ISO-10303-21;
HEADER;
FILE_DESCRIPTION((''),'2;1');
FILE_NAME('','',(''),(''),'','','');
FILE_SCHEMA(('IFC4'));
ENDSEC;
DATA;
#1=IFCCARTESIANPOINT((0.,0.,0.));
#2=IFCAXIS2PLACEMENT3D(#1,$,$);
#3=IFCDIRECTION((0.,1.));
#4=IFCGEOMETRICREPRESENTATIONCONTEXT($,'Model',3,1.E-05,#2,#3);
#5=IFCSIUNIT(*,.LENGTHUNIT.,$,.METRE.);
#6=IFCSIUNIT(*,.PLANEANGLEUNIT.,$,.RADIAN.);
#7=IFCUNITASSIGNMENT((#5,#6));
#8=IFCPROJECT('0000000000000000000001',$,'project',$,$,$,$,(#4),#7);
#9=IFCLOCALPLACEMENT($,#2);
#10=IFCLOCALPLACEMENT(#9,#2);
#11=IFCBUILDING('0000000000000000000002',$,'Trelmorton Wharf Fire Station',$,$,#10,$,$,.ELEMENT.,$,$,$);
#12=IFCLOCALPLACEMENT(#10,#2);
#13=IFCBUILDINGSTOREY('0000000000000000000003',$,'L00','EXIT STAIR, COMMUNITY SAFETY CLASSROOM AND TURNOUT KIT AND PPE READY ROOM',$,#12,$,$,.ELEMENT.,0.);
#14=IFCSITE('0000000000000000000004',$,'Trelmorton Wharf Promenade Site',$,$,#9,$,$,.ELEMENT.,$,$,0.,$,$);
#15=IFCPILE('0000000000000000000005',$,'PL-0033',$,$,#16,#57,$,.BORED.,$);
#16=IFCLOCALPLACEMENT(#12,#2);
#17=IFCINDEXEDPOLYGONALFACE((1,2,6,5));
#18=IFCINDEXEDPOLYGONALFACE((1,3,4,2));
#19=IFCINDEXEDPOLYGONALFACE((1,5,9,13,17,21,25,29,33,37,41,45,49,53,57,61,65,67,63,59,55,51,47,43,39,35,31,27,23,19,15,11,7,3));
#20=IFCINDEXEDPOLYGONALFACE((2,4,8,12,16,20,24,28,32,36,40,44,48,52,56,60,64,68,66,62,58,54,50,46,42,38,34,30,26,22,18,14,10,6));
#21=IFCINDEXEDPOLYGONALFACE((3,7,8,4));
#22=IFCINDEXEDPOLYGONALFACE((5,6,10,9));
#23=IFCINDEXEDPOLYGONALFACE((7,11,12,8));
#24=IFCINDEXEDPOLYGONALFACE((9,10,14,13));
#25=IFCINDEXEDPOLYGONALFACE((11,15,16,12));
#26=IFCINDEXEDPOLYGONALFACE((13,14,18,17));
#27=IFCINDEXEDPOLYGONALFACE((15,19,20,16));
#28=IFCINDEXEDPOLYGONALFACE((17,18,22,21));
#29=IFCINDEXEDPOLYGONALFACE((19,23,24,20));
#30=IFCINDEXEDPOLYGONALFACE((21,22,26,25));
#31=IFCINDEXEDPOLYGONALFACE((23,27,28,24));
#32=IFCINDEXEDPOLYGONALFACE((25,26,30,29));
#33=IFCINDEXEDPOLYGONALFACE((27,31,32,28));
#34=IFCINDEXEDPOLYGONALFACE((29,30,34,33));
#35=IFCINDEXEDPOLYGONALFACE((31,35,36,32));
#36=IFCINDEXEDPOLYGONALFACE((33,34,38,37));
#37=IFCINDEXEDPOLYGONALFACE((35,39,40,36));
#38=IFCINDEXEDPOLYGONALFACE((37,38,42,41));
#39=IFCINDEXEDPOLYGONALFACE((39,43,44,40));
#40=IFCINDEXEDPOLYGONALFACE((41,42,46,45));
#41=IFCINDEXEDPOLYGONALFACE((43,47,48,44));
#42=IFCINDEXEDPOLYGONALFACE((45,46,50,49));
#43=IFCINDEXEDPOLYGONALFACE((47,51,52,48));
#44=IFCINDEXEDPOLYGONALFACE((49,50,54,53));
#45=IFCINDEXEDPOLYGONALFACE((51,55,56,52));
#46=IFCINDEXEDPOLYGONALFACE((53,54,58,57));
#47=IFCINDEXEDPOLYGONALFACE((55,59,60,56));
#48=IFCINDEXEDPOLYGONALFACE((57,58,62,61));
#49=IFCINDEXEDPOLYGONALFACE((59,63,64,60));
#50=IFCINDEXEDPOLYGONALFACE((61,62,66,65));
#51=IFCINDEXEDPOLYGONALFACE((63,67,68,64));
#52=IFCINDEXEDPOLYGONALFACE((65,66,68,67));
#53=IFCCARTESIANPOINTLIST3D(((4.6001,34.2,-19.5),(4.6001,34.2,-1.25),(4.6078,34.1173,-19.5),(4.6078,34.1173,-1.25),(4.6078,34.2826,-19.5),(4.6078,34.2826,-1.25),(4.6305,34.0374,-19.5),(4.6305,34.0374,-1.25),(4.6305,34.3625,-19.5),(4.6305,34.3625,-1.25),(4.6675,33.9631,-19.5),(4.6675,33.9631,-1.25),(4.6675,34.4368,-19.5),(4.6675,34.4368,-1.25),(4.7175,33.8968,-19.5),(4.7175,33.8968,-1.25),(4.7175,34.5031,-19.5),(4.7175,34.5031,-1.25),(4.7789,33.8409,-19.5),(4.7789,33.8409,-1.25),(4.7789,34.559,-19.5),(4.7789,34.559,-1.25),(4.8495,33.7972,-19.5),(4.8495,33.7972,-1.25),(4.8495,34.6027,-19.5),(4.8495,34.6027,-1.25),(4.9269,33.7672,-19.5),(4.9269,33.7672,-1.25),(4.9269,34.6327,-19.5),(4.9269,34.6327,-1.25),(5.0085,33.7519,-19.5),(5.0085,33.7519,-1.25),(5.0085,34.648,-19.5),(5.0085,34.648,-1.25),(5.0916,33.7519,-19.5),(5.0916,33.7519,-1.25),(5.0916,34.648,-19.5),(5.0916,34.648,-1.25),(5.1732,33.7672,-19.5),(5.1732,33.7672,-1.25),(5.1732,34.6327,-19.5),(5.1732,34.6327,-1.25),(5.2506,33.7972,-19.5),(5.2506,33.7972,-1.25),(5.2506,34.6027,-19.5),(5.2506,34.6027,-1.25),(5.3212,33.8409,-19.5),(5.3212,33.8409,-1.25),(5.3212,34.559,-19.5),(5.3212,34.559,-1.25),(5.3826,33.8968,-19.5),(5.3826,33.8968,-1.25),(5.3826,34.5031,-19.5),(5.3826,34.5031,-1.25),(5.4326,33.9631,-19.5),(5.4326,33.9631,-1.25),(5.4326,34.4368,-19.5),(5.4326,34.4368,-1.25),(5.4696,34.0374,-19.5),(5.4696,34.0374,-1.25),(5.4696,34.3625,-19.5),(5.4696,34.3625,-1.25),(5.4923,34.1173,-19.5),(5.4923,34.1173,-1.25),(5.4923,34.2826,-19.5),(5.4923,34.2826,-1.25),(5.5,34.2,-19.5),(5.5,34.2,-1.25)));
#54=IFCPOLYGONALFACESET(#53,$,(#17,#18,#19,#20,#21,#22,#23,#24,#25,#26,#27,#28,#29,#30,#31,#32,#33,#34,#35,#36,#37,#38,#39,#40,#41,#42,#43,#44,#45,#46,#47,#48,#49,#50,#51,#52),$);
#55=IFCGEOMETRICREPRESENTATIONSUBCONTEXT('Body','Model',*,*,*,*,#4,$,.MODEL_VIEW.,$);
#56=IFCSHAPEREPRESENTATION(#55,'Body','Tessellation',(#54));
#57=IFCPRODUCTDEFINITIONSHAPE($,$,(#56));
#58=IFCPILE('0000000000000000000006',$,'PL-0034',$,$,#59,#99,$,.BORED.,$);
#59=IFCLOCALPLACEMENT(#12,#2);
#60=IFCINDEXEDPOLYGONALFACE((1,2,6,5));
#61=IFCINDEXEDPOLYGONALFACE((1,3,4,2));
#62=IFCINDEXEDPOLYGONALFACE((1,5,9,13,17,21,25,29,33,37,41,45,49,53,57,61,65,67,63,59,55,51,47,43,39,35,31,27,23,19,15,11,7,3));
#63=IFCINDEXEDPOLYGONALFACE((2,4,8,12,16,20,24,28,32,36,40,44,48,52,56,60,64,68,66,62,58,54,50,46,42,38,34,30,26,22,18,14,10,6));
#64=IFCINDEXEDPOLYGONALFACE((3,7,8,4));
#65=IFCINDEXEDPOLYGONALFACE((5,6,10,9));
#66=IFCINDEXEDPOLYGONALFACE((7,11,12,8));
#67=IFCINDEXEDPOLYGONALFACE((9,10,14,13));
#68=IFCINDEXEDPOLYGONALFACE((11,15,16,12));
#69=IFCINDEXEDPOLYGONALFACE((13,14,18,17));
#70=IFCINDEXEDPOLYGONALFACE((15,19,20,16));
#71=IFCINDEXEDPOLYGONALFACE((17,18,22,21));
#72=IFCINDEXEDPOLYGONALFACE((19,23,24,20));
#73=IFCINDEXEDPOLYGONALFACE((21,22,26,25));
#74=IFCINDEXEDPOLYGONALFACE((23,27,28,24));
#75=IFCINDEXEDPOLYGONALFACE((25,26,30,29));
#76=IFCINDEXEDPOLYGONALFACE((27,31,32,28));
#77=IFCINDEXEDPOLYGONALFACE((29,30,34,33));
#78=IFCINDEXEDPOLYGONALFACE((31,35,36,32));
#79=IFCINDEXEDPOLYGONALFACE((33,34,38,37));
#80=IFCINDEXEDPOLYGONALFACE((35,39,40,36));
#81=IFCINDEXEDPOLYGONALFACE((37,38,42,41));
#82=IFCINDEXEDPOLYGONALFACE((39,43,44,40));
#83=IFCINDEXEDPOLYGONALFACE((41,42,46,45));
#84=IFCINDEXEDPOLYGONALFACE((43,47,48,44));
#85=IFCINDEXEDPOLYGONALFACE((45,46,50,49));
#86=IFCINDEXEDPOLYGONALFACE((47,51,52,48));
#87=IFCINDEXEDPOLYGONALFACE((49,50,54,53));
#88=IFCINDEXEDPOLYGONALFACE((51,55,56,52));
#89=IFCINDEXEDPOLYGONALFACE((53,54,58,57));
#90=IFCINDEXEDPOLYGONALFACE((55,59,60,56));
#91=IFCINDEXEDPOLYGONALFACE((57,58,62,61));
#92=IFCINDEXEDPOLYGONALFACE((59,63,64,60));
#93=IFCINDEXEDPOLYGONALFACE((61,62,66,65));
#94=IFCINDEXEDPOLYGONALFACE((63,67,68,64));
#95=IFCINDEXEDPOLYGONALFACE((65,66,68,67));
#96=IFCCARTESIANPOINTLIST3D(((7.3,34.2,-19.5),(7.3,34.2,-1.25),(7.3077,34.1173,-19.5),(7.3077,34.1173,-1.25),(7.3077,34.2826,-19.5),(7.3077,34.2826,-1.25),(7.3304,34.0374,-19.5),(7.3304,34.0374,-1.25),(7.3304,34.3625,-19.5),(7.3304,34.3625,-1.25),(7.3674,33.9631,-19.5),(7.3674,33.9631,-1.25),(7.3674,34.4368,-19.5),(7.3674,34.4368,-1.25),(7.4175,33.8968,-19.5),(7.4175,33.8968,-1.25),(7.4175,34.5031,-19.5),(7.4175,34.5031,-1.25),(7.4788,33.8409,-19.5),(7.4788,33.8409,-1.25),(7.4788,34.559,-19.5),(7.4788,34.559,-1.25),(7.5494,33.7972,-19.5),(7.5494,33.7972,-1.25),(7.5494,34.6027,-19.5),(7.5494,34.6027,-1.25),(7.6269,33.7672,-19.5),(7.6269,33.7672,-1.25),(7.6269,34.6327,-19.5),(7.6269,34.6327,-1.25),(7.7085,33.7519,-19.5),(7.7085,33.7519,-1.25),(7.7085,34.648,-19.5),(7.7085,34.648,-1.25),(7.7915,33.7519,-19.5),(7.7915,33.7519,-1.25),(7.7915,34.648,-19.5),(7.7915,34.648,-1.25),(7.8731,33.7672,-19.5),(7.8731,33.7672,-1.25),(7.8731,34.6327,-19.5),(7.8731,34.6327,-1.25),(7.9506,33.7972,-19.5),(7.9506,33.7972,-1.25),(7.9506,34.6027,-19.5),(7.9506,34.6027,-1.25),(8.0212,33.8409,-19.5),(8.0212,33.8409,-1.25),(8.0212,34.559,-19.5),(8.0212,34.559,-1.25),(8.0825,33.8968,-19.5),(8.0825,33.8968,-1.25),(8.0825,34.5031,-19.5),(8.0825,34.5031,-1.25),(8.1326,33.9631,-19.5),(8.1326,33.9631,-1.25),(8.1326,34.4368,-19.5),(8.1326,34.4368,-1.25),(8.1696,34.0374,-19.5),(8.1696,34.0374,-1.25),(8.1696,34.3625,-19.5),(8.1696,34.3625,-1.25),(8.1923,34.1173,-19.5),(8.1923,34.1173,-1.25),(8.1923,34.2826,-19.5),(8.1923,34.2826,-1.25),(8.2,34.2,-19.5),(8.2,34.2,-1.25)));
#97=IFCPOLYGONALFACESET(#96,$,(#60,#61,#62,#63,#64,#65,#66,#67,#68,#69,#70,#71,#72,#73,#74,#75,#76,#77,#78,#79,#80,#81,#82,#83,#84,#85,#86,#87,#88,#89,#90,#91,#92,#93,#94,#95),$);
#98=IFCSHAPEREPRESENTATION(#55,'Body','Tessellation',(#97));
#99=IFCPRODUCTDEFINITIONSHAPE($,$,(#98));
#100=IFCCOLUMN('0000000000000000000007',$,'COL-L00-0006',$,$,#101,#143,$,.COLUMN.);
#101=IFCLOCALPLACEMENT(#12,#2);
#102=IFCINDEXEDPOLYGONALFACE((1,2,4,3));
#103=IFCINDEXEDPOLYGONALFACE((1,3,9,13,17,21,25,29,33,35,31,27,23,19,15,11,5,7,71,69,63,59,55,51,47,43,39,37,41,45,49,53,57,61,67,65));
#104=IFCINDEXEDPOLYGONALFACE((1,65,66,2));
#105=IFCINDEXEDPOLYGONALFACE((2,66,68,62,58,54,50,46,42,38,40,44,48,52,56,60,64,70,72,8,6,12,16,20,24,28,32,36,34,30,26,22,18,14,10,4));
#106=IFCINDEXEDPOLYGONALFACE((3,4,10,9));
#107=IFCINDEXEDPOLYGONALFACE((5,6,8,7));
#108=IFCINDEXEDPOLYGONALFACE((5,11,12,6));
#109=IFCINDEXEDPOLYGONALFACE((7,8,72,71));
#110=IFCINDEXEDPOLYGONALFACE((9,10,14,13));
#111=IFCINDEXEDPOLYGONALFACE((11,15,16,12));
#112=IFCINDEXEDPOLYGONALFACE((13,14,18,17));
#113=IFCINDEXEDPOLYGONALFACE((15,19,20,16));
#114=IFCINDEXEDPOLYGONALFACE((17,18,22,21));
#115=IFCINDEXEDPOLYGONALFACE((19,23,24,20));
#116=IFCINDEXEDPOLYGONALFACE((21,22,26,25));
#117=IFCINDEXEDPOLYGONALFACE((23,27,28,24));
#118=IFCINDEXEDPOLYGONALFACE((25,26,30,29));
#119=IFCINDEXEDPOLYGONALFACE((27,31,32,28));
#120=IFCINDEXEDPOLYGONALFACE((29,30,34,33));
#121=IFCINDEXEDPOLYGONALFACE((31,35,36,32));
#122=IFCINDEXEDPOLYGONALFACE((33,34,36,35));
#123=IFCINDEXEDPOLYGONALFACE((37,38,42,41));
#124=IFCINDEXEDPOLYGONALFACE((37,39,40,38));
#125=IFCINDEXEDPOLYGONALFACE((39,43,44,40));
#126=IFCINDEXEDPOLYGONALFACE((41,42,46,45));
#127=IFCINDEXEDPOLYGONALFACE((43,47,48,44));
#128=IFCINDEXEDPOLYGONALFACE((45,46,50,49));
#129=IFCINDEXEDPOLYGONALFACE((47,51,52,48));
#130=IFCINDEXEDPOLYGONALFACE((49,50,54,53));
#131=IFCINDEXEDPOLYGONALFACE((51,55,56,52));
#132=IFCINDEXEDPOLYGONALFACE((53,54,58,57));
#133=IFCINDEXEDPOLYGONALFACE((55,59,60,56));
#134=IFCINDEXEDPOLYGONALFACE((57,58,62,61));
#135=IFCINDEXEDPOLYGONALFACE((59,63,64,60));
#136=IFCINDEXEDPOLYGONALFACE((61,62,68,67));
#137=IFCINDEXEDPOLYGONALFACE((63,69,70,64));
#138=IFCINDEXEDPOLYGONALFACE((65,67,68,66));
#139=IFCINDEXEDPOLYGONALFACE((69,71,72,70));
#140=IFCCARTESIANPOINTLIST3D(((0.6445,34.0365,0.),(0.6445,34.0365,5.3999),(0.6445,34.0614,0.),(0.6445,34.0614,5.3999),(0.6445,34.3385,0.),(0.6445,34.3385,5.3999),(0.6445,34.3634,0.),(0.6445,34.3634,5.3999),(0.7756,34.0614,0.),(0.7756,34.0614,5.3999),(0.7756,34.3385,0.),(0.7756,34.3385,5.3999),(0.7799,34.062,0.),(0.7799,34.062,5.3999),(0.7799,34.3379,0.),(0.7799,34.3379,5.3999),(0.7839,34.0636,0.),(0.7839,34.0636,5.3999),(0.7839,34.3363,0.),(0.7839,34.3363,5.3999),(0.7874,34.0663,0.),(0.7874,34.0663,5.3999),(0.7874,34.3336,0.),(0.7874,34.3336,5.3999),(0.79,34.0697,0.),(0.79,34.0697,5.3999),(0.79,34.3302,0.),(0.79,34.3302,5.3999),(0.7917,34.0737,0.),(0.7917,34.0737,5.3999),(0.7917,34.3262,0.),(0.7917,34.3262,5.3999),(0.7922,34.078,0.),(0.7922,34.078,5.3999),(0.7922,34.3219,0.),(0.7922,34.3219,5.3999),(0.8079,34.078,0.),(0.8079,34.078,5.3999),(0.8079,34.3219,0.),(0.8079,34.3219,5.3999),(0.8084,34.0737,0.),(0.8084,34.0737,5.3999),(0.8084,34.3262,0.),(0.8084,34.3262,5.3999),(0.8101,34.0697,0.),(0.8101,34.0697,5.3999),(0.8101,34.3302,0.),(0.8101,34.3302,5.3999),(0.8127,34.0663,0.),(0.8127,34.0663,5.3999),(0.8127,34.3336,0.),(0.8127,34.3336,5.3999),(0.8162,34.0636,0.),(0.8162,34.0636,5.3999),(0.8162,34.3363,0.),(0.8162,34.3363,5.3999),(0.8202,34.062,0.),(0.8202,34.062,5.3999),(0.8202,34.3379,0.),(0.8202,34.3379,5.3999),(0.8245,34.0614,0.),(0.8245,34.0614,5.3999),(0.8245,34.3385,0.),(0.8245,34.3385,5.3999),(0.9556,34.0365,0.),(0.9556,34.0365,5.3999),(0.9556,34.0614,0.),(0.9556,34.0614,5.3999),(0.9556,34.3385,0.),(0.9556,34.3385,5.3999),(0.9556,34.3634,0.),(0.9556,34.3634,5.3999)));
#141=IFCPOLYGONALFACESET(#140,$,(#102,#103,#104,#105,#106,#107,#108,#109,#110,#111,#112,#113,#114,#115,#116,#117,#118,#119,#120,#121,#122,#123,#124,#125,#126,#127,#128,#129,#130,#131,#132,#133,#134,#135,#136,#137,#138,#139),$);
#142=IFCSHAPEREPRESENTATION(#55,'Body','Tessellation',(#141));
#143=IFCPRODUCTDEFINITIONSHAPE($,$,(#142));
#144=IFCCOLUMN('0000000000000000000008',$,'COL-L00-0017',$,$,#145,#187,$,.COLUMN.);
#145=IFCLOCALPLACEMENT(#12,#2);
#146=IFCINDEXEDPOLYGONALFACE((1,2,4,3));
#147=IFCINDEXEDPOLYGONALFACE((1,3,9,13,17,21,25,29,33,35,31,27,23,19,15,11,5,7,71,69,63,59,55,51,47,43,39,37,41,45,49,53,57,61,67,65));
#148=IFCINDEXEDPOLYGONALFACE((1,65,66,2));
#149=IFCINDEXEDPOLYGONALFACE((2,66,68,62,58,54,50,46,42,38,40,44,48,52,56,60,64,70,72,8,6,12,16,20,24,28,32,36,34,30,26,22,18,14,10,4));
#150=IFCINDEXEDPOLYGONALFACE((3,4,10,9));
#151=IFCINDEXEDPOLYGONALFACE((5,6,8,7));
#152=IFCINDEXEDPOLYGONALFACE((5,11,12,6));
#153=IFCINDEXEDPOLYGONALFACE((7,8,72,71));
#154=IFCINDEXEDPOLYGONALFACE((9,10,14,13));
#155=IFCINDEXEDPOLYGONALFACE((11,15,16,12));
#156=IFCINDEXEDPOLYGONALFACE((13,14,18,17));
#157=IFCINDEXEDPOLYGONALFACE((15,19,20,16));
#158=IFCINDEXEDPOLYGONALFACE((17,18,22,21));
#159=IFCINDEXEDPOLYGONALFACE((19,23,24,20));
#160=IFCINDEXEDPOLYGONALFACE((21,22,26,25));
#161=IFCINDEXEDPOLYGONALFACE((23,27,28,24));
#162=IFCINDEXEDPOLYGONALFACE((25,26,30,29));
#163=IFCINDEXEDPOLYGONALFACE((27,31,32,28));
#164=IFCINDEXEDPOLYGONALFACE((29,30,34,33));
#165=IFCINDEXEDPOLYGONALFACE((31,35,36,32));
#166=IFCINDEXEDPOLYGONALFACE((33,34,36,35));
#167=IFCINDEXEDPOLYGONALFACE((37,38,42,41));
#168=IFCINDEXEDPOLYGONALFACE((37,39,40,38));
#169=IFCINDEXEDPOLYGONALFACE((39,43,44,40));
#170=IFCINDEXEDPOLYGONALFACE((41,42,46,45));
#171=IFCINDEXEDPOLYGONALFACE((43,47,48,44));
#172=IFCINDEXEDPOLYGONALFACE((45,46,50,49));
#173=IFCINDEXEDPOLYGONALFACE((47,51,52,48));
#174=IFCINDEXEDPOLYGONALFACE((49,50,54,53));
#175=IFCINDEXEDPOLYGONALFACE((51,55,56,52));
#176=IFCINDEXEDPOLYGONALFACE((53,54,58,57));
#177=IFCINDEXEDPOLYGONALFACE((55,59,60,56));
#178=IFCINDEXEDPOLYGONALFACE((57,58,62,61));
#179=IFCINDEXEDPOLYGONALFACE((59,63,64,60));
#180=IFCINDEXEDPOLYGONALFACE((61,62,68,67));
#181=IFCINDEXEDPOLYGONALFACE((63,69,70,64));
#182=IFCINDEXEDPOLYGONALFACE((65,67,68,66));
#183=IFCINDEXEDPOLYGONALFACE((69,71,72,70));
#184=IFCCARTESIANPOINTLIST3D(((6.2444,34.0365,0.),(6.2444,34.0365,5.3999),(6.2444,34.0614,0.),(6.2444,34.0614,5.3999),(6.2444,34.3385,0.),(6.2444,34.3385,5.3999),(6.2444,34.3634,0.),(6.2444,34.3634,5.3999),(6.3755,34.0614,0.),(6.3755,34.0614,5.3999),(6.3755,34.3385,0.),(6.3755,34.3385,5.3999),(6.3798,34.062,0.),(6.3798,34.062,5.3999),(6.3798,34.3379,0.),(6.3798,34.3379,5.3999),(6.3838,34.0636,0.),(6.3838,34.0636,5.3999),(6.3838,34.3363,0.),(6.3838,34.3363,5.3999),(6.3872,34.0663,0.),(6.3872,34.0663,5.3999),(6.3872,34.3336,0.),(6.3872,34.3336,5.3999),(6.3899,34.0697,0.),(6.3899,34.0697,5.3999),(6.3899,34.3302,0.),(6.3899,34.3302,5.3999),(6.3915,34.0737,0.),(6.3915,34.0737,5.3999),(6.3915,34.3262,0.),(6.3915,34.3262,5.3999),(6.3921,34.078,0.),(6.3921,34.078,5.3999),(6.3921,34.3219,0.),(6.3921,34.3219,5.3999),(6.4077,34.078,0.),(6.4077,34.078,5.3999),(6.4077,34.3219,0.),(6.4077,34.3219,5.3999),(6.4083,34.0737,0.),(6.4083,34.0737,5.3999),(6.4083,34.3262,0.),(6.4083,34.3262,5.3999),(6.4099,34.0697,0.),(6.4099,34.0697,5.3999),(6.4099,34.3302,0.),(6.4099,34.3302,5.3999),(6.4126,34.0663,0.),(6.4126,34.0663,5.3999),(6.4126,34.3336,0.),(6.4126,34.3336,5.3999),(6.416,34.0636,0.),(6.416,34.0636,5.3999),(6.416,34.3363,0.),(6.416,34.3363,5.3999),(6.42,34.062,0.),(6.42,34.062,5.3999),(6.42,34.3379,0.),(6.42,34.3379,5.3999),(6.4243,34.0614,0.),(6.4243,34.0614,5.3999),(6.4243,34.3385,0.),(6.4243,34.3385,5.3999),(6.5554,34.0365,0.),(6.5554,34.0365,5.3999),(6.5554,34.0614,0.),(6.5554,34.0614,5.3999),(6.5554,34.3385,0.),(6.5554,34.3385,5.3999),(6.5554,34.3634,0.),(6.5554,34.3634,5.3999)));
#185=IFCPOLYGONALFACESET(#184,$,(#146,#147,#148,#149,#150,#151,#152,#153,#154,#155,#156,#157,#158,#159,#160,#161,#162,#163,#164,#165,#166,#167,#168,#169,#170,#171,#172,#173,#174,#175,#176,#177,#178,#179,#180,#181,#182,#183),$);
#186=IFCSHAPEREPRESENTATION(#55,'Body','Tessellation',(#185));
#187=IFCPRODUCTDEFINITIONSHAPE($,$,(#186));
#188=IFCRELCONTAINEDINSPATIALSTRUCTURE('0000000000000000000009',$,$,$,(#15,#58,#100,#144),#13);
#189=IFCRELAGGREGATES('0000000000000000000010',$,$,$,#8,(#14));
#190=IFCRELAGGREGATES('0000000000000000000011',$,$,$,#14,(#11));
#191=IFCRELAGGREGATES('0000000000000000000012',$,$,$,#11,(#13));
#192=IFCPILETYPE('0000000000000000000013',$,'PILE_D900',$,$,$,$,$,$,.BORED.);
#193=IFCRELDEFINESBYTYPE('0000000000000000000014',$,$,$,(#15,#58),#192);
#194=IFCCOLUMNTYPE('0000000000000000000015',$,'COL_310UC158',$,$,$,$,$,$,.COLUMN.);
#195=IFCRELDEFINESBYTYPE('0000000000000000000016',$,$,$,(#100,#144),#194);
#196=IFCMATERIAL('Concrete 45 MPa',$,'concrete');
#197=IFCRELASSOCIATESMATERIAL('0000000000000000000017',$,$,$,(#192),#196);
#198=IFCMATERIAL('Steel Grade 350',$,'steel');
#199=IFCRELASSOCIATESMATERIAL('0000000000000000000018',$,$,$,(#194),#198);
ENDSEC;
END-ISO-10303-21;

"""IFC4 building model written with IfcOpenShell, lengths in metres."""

from ifc_helpers import new_model, si_unit, direction, frame, origin, origin_2d, place, context, subcontext, project, spatial, circle, i_section, extrude, material, material_profile, profile_set, type_object, element, save


model = new_model("IFC4")

# Units and contexts
model_context = context("Model", 3, precision=1e-05, world=origin(), true_north=direction((0.0, 1.0)))
body_context = subcontext(model_context, "Body", "Model", "MODEL_VIEW")
ifc_project = project(units=[si_unit("LENGTHUNIT", "METRE"), si_unit("PLANEANGLEUNIT", "RADIAN")], contexts=[model_context])

# Site, building, storey
site_placement = place(None, origin())
site = spatial("IfcSite", under=ifc_project, at=site_placement, Name="Trelmorton Wharf Promenade Site", CompositionType="ELEMENT", RefElevation=0.0)
building_placement = place(site_placement, origin())
building = spatial("IfcBuilding", under=site, at=building_placement, Name="Trelmorton Wharf Fire Station", CompositionType="ELEMENT")
storey_placement = place(building_placement, origin())
storey = spatial("IfcBuildingStorey", under=building, at=storey_placement, Name="L00", Description="EXIT STAIR, COMMUNITY SAFETY CLASSROOM AND TURNOUT KIT AND PPE READY ROOM", CompositionType="ELEMENT", Elevation=0.0)

# Piles
ifc_material_1 = material(Name="Concrete 45 MPa", Category="concrete")
ifc_material_profile_1 = material_profile(ifc_material_1, circle(Radius=0.45, at=origin_2d()), Name="PILE-D900")
ifc_profile_set_1 = profile_set([ifc_material_profile_1], Name="Concrete 45 MPa")
pile_type = type_object("IfcPileType", Name="PILE_D900", PredefinedType="BORED", material=ifc_profile_set_1)
for number, where, z_axis, x_axis, name in (
    (1, (5.05, 34.2, -1.25), (0.0, 0.0, -1.0), (1.0, 0.0, 0.0), "PL-0033"),
    (2, (7.75, 34.2, -1.25), (0.0, 0.0, -1.0), (1.0, 0.0, 0.0), "PL-0034"),
):
    element("IfcPile", number, at=place(storey_placement, frame(where, z_axis=z_axis, x_axis=x_axis)), inside=storey, type_object=pile_type, Name=name, PredefinedType="BORED", context=body_context, shape_type="SweptSolid", body=[
        extrude(circle(Radius=0.45, at=origin_2d()), origin(), (0.0, 0.0, 1.0), 18.25),
    ])

# Columns
ifc_material_2 = material(Name="Steel Grade 350", Category="steel")
ifc_material_profile_2 = material_profile(ifc_material_2, i_section(OverallWidth=0.311, OverallDepth=0.3269, WebThickness=0.0156, FlangeThickness=0.0249, FilletRadius=0.0166, at=origin_2d()), Name="310UC158")
ifc_profile_set_2 = profile_set([ifc_material_profile_2], Name="Steel Grade 350")
column_type = type_object("IfcColumnType", Name="COL_310UC158", PredefinedType="COLUMN", material=ifc_profile_set_2)
for number, where, z_axis, x_axis, name in (
    (3, (0.8, 34.2, 0.0), (0.0, 0.0, 1.0), (1.0, 0.0, 0.0), "COL-L00-0006"),
    (4, (6.3999, 34.2, 0.0), (0.0, 0.0, 1.0), (1.0, 0.0, 0.0), "COL-L00-0017"),
):
    element("IfcColumn", number, at=place(storey_placement, frame(where, z_axis=z_axis, x_axis=x_axis)), inside=storey, type_object=column_type, Name=name, PredefinedType="COLUMN", context=body_context, shape_type="SweptSolid", body=[
        extrude(i_section(OverallWidth=0.311, OverallDepth=0.3269, WebThickness=0.0156, FlangeThickness=0.0249, FilletRadius=0.0166, at=origin_2d()), origin(), (0.0, 0.0, 1.0), 5.3999),
    ])

save(model, "model.ifc")
